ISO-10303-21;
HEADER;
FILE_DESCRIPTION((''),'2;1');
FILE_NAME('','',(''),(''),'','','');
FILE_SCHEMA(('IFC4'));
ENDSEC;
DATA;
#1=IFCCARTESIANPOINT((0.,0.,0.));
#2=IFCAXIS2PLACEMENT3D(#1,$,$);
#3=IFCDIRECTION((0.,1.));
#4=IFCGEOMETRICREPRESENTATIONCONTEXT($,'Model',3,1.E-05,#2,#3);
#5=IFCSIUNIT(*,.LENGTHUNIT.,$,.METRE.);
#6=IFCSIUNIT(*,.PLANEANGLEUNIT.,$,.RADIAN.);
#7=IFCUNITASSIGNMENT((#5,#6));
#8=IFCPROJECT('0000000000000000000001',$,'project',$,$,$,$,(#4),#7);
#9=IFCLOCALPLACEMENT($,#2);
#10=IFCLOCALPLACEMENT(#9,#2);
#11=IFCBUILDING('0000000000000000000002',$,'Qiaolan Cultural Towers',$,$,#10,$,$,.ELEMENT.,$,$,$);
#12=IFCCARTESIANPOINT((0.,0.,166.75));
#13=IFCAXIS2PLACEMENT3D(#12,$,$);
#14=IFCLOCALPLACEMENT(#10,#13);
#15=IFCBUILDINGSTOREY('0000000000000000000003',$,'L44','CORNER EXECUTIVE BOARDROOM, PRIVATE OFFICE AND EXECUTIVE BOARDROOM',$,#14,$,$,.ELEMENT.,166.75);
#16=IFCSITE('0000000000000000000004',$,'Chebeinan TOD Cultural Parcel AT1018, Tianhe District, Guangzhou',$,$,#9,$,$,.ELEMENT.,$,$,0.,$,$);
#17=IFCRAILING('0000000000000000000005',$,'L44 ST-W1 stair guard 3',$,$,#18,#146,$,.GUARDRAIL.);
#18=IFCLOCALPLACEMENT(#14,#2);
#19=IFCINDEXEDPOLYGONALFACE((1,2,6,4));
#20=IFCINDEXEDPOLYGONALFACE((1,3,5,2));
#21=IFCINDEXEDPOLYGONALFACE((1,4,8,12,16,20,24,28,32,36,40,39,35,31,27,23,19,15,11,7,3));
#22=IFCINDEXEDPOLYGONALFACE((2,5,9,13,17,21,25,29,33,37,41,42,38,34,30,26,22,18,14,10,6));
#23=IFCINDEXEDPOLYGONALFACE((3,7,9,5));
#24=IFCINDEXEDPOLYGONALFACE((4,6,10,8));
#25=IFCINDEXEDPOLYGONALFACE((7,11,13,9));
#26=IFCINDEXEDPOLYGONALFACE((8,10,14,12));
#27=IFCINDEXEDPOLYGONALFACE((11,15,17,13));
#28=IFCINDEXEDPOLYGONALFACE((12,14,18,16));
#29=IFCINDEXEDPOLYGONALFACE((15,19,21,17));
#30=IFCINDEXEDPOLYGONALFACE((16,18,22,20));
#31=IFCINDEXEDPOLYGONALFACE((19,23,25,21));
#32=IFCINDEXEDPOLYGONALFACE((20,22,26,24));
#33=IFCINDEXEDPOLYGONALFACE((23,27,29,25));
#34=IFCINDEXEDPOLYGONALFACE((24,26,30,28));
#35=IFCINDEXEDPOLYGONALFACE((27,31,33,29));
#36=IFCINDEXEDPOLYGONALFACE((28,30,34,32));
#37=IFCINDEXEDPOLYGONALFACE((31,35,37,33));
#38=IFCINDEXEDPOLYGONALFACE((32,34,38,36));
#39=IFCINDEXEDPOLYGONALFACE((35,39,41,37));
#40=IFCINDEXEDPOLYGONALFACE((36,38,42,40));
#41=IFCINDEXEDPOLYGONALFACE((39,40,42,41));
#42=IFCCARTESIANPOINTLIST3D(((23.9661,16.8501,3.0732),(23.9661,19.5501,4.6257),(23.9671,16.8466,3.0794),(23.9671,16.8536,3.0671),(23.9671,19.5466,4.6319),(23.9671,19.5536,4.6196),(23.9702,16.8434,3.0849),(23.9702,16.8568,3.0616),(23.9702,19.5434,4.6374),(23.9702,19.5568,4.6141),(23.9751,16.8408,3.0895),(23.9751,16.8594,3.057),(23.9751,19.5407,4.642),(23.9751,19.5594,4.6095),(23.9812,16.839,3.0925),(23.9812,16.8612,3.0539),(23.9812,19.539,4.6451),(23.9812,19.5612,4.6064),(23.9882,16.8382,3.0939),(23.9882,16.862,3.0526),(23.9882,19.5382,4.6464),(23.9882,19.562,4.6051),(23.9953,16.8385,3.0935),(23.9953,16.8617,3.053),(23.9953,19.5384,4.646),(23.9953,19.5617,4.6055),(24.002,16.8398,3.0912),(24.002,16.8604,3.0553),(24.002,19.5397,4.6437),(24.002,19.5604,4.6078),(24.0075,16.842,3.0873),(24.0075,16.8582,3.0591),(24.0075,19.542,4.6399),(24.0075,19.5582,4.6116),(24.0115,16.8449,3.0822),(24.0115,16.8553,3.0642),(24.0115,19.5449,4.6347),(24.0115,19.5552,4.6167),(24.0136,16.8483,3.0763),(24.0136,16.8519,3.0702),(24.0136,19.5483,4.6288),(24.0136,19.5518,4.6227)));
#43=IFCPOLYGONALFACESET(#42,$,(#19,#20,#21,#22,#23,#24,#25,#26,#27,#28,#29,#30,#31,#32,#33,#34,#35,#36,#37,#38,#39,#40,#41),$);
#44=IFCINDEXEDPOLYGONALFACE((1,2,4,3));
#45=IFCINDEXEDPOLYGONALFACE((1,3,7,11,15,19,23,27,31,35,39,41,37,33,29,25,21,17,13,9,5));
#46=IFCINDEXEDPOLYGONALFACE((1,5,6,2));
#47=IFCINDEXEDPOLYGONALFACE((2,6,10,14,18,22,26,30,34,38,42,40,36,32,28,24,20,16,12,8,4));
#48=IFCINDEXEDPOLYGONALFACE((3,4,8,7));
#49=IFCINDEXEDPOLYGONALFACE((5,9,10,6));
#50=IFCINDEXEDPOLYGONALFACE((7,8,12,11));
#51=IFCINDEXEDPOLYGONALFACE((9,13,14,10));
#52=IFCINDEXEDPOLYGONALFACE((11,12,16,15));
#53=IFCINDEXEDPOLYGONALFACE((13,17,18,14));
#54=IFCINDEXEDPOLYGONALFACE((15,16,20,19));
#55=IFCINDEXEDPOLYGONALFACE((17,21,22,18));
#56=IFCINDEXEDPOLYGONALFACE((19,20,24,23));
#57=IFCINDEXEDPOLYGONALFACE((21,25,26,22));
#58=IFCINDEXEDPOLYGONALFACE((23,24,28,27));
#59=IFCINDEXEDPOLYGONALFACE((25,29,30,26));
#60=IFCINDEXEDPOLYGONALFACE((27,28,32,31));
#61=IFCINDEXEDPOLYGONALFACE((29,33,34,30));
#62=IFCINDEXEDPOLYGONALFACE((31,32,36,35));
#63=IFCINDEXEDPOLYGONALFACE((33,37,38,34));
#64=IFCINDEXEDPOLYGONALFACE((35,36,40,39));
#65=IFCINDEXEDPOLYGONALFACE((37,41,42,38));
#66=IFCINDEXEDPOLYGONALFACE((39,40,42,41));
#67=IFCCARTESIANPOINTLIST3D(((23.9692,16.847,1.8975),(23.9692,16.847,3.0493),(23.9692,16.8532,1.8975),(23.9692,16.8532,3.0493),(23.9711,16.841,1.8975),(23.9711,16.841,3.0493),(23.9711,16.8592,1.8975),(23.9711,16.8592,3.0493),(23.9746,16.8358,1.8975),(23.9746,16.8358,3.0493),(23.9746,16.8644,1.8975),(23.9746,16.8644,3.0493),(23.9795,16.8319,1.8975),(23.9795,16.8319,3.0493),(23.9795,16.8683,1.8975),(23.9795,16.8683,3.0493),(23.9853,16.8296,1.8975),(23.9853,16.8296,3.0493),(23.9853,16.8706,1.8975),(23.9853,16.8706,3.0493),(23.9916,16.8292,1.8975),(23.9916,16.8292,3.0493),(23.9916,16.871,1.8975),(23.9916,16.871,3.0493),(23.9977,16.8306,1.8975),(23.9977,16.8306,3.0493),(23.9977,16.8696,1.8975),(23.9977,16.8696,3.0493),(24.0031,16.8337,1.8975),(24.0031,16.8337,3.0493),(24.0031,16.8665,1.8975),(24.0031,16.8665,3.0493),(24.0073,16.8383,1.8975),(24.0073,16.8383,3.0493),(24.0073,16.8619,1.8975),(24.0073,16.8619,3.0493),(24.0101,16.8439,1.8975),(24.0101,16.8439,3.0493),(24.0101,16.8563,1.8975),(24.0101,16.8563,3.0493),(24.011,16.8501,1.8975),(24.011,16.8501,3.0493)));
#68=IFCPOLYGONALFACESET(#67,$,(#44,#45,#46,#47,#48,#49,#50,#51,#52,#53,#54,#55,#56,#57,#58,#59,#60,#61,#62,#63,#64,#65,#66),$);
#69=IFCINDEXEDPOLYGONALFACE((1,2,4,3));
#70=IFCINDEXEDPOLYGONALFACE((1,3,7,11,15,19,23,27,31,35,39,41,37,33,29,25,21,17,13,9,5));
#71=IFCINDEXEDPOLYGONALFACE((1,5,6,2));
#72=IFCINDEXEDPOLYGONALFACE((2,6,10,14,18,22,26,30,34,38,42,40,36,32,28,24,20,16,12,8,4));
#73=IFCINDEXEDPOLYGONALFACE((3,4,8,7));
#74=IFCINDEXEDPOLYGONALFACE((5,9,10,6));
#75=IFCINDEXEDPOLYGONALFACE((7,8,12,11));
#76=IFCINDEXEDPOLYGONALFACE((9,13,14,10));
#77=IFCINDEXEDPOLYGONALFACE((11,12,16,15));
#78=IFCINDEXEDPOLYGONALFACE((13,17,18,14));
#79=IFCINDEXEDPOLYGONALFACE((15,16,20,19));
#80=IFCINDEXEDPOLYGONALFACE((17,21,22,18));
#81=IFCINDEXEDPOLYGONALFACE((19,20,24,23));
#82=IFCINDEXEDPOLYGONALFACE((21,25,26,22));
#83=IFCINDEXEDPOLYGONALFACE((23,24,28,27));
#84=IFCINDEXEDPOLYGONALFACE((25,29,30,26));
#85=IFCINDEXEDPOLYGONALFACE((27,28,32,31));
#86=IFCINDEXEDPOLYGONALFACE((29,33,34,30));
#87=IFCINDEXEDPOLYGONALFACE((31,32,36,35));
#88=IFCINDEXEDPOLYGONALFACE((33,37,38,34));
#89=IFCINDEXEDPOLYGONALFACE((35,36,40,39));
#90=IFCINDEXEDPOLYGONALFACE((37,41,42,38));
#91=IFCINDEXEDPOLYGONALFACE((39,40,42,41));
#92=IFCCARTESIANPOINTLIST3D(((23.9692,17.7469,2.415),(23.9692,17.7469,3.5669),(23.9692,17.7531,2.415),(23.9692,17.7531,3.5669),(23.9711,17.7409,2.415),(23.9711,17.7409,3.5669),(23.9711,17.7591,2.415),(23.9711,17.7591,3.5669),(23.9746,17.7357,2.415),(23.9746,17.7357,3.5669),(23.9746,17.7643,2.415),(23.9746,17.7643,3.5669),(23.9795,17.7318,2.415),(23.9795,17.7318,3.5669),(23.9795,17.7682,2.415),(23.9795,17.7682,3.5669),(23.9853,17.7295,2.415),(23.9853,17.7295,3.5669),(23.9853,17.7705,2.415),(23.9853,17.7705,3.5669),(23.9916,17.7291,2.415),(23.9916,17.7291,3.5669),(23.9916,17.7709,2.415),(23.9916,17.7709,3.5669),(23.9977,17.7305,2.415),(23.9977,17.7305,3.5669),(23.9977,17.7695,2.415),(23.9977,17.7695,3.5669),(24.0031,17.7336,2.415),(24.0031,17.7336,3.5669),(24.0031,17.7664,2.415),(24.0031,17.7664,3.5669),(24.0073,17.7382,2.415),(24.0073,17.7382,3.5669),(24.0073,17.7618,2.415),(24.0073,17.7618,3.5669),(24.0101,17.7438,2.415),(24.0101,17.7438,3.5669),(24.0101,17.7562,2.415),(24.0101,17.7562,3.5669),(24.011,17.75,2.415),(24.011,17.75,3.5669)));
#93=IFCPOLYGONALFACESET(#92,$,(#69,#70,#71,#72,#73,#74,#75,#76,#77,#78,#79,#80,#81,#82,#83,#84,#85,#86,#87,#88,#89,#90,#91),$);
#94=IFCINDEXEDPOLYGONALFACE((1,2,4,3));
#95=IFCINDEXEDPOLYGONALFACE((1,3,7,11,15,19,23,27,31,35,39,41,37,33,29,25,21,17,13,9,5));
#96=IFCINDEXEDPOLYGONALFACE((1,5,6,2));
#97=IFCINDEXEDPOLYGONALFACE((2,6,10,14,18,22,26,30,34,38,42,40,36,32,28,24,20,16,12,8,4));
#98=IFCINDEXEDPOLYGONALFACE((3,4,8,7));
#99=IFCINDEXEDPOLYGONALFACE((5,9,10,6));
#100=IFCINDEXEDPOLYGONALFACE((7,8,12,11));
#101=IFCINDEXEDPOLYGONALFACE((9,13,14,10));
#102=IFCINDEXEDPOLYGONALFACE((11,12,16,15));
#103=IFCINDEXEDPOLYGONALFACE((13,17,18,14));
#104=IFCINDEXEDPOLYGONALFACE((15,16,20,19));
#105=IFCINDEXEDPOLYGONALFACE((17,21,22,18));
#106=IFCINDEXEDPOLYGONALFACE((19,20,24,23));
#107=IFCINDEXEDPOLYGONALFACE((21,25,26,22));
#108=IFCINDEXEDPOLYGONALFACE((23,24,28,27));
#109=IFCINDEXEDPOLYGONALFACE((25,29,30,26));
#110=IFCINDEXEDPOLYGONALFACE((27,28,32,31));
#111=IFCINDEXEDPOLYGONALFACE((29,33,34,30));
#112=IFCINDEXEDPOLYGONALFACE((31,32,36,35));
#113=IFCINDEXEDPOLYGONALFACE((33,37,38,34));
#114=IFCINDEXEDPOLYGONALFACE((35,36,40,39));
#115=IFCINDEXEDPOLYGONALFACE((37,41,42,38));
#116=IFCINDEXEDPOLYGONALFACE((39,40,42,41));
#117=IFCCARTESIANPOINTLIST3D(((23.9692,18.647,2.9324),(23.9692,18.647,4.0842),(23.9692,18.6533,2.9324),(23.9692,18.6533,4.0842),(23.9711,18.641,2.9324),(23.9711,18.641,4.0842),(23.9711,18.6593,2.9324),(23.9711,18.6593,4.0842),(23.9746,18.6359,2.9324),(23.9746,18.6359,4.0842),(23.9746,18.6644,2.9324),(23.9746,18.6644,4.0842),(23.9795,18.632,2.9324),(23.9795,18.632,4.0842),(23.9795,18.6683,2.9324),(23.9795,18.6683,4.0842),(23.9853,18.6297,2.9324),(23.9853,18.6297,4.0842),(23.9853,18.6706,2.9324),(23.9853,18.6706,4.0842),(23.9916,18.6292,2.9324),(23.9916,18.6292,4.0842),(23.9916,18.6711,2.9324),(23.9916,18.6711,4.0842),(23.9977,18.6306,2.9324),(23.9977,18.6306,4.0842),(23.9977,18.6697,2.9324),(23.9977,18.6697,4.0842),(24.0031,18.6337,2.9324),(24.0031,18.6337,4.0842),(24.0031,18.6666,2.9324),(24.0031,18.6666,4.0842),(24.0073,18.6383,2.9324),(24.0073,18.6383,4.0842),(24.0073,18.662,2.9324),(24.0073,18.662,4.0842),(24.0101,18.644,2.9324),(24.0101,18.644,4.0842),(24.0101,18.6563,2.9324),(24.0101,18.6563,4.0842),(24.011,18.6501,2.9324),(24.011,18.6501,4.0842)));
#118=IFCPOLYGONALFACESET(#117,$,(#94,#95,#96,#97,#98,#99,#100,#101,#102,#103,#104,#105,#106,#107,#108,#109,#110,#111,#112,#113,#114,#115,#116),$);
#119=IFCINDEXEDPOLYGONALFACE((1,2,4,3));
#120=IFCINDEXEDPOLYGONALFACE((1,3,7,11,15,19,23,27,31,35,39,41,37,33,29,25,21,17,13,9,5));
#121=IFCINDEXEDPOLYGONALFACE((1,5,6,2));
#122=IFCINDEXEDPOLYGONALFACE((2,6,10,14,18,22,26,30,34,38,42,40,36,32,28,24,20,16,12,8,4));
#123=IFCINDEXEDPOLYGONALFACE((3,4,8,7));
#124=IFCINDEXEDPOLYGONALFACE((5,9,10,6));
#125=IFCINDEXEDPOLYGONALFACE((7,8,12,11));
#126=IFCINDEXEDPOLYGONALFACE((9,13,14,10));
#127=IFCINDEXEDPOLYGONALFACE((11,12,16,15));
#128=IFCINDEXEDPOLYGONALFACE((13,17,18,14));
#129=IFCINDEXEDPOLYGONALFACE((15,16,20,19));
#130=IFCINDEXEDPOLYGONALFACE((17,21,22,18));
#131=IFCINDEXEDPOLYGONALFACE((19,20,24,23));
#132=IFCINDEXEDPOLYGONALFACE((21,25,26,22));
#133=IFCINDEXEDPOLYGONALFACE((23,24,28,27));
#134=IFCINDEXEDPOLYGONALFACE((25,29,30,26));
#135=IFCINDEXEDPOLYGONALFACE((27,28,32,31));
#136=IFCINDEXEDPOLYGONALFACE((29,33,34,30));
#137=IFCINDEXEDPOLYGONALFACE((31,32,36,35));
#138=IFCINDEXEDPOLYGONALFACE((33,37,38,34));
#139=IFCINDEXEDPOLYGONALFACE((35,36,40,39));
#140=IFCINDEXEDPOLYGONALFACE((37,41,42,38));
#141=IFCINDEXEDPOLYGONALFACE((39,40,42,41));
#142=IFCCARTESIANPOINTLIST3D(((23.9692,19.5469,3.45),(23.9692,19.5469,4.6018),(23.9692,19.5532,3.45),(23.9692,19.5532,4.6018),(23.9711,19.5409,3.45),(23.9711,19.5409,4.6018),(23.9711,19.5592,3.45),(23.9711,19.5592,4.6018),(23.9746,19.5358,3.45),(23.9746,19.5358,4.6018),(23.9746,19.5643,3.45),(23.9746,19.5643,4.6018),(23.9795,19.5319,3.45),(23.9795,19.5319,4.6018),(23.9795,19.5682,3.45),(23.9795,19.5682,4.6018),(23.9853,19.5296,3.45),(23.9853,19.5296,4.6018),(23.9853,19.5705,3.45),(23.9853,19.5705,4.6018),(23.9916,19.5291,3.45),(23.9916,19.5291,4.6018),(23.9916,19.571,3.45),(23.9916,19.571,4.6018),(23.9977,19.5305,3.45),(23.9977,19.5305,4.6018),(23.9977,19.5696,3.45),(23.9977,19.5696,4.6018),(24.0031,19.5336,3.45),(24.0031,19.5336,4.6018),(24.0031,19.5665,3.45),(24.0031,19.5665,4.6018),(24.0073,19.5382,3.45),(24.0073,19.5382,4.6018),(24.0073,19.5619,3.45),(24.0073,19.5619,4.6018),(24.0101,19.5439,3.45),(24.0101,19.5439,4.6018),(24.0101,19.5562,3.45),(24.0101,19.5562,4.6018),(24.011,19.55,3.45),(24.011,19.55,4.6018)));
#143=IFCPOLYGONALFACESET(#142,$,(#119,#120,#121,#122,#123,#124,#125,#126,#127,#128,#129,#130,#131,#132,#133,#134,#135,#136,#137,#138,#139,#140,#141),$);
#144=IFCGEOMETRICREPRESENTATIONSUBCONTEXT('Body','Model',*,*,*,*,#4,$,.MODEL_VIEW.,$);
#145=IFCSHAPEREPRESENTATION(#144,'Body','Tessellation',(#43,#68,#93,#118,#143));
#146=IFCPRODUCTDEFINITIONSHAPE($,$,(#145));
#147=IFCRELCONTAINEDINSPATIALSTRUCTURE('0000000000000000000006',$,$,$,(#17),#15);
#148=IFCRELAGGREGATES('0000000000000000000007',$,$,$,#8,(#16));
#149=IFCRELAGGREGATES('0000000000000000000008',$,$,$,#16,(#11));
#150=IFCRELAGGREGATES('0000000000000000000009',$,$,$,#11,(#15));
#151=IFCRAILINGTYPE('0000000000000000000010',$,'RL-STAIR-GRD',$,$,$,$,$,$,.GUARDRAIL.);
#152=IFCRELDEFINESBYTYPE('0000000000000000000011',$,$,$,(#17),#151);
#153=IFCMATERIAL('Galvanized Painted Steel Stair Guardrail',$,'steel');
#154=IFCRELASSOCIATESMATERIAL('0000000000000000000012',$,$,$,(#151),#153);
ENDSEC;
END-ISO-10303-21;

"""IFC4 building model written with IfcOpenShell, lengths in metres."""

from ifc_helpers import new_model, si_unit, direction, frame, origin, origin_2d, place, context, subcontext, project, spatial, circle, extrude, material, type_object, element, save


model = new_model("IFC4")

# Units and contexts
model_context = context("Model", 3, precision=1e-05, world=origin(), true_north=direction((0.0, 1.0)))
body_context = subcontext(model_context, "Body", "Model", "MODEL_VIEW")
ifc_project = project(units=[si_unit("LENGTHUNIT", "METRE"), si_unit("PLANEANGLEUNIT", "RADIAN")], contexts=[model_context])

# Site, building, storey
site_placement = place(None, origin())
site = spatial("IfcSite", under=ifc_project, at=site_placement, Name="Chebeinan TOD Cultural Parcel AT1018, Tianhe District, Guangzhou", CompositionType="ELEMENT", RefElevation=0.0)
building_placement = place(site_placement, origin())
building = spatial("IfcBuilding", under=site, at=building_placement, Name="Qiaolan Cultural Towers", CompositionType="ELEMENT")
storey_placement = place(building_placement, frame((0.0, 0.0, 166.75)))
storey = spatial("IfcBuildingStorey", under=building, at=storey_placement, Name="L44", Description="CORNER EXECUTIVE BOARDROOM, PRIVATE OFFICE AND EXECUTIVE BOARDROOM", CompositionType="ELEMENT", Elevation=166.75)

# Railing
ifc_material_1 = material(Name="Galvanized Painted Steel Stair Guardrail", Category="steel")
railing_type_1 = type_object("IfcRailingType", Name="RL-STAIR-GRD", PredefinedType="GUARDRAIL", material=ifc_material_1)
railing_1_placement = place(storey_placement, frame((23.99, 16.8501, 1.8975)))
element("IfcRailing", 1, at=railing_1_placement, inside=storey, type_object=railing_type_1, Name="L44 ST-W1 stair guard 3", PredefinedType="GUARDRAIL", context=body_context, shape_type="SweptSolid", body=[
    extrude(circle(Radius=0.0239, at=origin_2d()), frame((0.0, 0.0, 1.1758), z_axis=(0.0, 0.866904, 0.498476), x_axis=(-1.0, 0.0, 0.0)), (0.0, 0.0, 1.0), 3.1145),
    extrude(circle(Radius=0.021, at=origin_2d()), origin(), (0.0, 0.0, 1.0), 1.1519),
    extrude(circle(Radius=0.021, at=origin_2d()), frame((0.0, 0.8999, 0.5176)), (0.0, 0.0, 1.0), 1.1519),
    extrude(circle(Radius=0.021, at=origin_2d()), frame((0.0, 1.8, 1.0349)), (0.0, 0.0, 1.0), 1.1519),
    extrude(circle(Radius=0.021, at=origin_2d()), frame((0.0, 2.7, 1.5525)), (0.0, 0.0, 1.0), 1.1519),
])

save(model, "model.ifc")
